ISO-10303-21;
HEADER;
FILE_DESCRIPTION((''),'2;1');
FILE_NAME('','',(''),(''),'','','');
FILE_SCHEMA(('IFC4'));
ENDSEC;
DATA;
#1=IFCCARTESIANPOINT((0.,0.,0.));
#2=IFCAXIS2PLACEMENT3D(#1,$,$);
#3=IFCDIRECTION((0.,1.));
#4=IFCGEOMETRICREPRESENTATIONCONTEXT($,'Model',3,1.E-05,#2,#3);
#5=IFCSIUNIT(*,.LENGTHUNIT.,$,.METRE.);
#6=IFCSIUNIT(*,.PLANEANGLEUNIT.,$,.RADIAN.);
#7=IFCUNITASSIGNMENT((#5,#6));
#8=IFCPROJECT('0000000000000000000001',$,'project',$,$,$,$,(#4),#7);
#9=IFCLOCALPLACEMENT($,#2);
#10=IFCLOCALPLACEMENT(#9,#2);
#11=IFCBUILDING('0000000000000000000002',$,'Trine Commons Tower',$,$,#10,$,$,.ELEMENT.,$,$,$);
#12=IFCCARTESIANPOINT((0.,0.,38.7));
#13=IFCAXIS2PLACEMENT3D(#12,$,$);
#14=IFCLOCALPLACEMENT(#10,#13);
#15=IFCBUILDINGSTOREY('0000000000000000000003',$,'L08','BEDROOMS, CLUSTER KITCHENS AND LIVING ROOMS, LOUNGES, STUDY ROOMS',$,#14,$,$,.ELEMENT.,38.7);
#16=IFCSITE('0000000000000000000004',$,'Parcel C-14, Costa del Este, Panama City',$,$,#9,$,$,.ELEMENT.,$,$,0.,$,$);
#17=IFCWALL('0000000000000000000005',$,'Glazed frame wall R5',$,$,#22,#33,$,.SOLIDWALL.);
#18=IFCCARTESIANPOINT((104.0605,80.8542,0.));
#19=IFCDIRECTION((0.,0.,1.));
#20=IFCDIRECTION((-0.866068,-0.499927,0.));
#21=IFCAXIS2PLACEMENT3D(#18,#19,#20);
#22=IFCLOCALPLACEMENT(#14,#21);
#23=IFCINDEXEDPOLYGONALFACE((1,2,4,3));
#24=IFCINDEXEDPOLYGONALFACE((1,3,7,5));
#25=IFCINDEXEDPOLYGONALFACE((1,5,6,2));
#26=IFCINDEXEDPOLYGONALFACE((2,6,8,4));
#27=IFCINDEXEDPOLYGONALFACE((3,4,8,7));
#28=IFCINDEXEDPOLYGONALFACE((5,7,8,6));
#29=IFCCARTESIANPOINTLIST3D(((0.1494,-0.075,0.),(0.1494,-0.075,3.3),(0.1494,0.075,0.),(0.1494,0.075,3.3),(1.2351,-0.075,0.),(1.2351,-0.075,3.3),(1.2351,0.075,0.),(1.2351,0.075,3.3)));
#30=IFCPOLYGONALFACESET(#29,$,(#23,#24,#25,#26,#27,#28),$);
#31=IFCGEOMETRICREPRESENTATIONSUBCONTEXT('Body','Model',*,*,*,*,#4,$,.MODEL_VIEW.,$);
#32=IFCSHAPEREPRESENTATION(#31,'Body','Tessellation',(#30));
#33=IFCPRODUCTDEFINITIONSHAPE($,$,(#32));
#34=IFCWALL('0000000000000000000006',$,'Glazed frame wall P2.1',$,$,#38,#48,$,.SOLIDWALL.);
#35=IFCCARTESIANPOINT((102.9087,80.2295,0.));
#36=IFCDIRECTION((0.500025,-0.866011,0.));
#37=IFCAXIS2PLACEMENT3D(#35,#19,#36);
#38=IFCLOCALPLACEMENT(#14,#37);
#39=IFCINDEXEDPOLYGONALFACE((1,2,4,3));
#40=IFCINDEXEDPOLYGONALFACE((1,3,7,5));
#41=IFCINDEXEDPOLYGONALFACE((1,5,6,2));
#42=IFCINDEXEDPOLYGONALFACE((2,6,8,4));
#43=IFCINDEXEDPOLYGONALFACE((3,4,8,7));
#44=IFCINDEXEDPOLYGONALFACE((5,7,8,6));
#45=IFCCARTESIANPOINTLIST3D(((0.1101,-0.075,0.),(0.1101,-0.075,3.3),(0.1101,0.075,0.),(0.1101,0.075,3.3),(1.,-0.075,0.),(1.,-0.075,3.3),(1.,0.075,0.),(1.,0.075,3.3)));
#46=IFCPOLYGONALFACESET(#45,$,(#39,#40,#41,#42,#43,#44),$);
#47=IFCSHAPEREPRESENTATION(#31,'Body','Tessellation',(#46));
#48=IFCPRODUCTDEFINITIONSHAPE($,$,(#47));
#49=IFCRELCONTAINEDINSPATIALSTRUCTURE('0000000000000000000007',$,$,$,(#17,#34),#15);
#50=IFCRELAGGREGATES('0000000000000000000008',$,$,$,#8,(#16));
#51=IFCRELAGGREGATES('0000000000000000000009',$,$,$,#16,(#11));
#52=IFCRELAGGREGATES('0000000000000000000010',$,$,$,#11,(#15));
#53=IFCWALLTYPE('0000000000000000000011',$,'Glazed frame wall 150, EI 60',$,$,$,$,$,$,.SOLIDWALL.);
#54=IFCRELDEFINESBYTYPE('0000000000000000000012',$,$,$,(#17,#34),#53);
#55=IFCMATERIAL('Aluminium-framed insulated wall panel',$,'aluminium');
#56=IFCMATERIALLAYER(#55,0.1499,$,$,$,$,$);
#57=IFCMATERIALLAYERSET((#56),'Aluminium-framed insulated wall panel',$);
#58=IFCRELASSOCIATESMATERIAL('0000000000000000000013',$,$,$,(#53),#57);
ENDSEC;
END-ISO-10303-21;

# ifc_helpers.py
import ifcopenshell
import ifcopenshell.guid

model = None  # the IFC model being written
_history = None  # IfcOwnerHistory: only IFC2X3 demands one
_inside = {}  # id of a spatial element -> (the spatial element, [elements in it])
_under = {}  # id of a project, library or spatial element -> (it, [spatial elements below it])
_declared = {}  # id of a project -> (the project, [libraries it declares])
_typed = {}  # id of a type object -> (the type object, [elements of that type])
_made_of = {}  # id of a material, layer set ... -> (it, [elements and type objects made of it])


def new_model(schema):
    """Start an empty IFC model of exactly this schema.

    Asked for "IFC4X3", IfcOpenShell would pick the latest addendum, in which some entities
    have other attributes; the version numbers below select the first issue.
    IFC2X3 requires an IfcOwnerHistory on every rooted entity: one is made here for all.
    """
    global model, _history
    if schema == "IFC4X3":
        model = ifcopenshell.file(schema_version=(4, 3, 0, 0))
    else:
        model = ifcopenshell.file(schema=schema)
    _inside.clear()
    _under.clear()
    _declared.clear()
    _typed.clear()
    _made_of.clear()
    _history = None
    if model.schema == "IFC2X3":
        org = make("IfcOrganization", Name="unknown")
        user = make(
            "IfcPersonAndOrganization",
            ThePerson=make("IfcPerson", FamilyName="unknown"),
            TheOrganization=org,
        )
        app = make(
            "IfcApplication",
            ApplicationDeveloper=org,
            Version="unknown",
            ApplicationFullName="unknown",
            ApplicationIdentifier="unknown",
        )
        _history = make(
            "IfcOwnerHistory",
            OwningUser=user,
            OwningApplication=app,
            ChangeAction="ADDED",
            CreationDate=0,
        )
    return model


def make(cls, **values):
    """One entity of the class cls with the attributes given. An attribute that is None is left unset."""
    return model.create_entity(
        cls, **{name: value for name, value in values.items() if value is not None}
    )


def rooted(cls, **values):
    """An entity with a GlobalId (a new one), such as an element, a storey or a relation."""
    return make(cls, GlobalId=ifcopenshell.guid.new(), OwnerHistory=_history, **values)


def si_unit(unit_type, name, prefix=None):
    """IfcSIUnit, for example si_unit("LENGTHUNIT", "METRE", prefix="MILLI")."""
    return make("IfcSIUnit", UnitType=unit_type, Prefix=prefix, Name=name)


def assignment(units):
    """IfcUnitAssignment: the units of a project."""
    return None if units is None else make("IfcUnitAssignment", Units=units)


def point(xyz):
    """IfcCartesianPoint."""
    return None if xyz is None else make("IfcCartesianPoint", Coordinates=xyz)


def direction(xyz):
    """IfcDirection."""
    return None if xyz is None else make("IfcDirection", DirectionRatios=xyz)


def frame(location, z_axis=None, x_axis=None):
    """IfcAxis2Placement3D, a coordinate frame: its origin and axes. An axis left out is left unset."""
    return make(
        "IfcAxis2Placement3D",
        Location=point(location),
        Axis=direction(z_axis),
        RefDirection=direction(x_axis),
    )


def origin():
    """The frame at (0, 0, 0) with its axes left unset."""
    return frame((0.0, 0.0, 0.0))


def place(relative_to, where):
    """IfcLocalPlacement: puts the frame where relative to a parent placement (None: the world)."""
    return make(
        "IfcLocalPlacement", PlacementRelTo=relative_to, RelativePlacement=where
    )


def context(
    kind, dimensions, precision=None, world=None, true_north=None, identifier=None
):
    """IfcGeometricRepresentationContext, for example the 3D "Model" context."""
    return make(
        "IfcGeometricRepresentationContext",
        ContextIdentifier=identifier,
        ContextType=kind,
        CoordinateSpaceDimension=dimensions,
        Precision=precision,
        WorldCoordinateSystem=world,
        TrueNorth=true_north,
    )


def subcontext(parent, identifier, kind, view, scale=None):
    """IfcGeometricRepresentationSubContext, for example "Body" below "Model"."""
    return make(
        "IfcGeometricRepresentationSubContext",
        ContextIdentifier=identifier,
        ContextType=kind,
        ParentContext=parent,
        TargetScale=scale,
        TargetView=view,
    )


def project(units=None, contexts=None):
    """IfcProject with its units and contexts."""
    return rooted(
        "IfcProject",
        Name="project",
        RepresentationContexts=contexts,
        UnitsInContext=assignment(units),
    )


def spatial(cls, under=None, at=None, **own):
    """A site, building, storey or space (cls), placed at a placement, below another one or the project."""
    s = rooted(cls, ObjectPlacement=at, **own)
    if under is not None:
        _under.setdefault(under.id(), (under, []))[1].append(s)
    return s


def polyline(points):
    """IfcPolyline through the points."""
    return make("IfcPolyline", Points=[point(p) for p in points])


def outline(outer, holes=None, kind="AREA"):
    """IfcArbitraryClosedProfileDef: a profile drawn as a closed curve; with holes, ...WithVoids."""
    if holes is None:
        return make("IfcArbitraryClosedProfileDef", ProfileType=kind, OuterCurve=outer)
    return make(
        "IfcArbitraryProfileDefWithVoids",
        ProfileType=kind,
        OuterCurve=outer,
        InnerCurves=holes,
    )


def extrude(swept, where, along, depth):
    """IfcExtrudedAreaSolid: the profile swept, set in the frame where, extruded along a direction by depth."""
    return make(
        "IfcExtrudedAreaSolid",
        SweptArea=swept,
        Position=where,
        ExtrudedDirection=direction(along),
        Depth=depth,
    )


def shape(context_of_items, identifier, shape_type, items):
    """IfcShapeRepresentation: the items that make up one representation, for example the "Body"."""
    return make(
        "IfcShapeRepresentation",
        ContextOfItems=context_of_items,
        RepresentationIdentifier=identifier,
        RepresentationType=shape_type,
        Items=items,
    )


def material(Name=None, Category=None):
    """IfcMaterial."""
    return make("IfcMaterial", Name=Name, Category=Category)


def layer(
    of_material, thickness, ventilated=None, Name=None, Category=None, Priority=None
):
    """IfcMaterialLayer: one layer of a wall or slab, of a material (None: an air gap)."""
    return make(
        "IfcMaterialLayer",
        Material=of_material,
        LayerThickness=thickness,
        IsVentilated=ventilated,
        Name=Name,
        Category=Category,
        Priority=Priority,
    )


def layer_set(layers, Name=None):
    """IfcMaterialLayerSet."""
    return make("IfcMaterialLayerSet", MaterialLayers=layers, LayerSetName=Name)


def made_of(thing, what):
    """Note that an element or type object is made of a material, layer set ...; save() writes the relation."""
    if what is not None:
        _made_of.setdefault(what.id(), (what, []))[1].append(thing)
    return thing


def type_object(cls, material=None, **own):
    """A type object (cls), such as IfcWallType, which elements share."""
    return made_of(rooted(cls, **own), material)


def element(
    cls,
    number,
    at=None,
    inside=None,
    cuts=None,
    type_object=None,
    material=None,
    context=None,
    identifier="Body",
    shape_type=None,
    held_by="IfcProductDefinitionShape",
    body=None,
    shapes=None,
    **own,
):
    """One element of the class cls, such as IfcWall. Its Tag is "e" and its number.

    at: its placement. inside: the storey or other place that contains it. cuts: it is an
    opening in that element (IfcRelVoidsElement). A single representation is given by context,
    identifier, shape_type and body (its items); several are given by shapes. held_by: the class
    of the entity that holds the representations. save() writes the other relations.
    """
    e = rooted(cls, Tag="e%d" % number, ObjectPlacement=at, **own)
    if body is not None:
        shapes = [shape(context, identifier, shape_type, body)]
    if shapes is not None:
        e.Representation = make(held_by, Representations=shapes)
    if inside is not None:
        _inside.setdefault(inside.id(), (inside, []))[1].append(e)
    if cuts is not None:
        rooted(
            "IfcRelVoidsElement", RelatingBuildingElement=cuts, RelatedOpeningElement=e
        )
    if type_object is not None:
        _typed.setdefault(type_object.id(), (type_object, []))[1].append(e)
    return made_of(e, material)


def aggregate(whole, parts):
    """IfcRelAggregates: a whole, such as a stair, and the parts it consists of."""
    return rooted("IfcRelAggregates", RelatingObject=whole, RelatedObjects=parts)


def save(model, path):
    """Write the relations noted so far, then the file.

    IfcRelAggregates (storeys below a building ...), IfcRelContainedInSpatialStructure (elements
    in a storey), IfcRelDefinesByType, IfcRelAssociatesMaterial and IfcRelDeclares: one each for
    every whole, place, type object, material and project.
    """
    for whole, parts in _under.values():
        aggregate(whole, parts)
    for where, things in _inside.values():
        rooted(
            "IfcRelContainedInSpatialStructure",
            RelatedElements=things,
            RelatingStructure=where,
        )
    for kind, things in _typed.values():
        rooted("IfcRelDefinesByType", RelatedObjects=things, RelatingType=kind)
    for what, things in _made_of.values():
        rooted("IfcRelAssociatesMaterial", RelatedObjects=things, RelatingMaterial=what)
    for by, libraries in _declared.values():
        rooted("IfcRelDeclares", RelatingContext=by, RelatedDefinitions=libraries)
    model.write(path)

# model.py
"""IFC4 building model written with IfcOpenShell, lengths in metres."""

from ifc_helpers import new_model, si_unit, direction, frame, origin, place, context, subcontext, project, spatial, polyline, outline, extrude, material, layer, layer_set, type_object, element, save


model = new_model("IFC4")

# Units and contexts
model_context = context("Model", 3, precision=1e-05, world=origin(), true_north=direction((0.0, 1.0)))
body_context = subcontext(model_context, "Body", "Model", "MODEL_VIEW")
ifc_project = project(units=[si_unit("LENGTHUNIT", "METRE"), si_unit("PLANEANGLEUNIT", "RADIAN")], contexts=[model_context])

# Site, building, storey
site_placement = place(None, origin())
site = spatial("IfcSite", under=ifc_project, at=site_placement, Name="Parcel C-14, Costa del Este, Panama City", CompositionType="ELEMENT", RefElevation=0.0)
building_placement = place(site_placement, origin())
building = spatial("IfcBuilding", under=site, at=building_placement, Name="Trine Commons Tower", CompositionType="ELEMENT")
storey_placement = place(building_placement, frame((0.0, 0.0, 38.7)))
storey = spatial("IfcBuildingStorey", under=building, at=storey_placement, Name="L08", Description="BEDROOMS, CLUSTER KITCHENS AND LIVING ROOMS, LOUNGES, STUDY ROOMS", CompositionType="ELEMENT", Elevation=38.7)

# Walls
ifc_material_1 = material(Name="Aluminium-framed insulated wall panel", Category="aluminium")
ifc_layer_1 = layer(ifc_material_1, 0.1499)
ifc_layer_set_1 = layer_set([ifc_layer_1], Name="Aluminium-framed insulated wall panel")
wall_type_1 = type_object("IfcWallType", Name="Glazed frame wall 150, EI 60", PredefinedType="SOLIDWALL", material=ifc_layer_set_1)
wall_1_placement = place(storey_placement, frame((104.0605, 80.8542, 0.0), z_axis=(0.0, 0.0, 1.0), x_axis=(-0.866068, -0.499927, 0.0)))
element("IfcWall", 1, at=wall_1_placement, inside=storey, type_object=wall_type_1, Name="Glazed frame wall R5", PredefinedType="SOLIDWALL", context=body_context, shape_type="SweptSolid", body=[
    extrude(outline(polyline([(0.1494, 0.075), (0.1494, -0.075), (1.2351, -0.075), (1.2351, 0.075), (0.1494, 0.075)])), origin(), (0.0, 0.0, 1.0), 3.3),
])
wall_2_placement = place(storey_placement, frame((102.9087, 80.2295, 0.0), z_axis=(0.0, 0.0, 1.0), x_axis=(0.500025, -0.866011, 0.0)))
element("IfcWall", 2, at=wall_2_placement, inside=storey, type_object=wall_type_1, Name="Glazed frame wall P2.1", PredefinedType="SOLIDWALL", context=body_context, shape_type="SweptSolid", body=[
    extrude(outline(polyline([(0.1101, -0.075), (1.0, -0.075), (1.0, 0.075), (0.1101, 0.075), (0.1101, -0.075)])), origin(), (0.0, 0.0, 1.0), 3.3),
])

save(model, "model.ifc")
